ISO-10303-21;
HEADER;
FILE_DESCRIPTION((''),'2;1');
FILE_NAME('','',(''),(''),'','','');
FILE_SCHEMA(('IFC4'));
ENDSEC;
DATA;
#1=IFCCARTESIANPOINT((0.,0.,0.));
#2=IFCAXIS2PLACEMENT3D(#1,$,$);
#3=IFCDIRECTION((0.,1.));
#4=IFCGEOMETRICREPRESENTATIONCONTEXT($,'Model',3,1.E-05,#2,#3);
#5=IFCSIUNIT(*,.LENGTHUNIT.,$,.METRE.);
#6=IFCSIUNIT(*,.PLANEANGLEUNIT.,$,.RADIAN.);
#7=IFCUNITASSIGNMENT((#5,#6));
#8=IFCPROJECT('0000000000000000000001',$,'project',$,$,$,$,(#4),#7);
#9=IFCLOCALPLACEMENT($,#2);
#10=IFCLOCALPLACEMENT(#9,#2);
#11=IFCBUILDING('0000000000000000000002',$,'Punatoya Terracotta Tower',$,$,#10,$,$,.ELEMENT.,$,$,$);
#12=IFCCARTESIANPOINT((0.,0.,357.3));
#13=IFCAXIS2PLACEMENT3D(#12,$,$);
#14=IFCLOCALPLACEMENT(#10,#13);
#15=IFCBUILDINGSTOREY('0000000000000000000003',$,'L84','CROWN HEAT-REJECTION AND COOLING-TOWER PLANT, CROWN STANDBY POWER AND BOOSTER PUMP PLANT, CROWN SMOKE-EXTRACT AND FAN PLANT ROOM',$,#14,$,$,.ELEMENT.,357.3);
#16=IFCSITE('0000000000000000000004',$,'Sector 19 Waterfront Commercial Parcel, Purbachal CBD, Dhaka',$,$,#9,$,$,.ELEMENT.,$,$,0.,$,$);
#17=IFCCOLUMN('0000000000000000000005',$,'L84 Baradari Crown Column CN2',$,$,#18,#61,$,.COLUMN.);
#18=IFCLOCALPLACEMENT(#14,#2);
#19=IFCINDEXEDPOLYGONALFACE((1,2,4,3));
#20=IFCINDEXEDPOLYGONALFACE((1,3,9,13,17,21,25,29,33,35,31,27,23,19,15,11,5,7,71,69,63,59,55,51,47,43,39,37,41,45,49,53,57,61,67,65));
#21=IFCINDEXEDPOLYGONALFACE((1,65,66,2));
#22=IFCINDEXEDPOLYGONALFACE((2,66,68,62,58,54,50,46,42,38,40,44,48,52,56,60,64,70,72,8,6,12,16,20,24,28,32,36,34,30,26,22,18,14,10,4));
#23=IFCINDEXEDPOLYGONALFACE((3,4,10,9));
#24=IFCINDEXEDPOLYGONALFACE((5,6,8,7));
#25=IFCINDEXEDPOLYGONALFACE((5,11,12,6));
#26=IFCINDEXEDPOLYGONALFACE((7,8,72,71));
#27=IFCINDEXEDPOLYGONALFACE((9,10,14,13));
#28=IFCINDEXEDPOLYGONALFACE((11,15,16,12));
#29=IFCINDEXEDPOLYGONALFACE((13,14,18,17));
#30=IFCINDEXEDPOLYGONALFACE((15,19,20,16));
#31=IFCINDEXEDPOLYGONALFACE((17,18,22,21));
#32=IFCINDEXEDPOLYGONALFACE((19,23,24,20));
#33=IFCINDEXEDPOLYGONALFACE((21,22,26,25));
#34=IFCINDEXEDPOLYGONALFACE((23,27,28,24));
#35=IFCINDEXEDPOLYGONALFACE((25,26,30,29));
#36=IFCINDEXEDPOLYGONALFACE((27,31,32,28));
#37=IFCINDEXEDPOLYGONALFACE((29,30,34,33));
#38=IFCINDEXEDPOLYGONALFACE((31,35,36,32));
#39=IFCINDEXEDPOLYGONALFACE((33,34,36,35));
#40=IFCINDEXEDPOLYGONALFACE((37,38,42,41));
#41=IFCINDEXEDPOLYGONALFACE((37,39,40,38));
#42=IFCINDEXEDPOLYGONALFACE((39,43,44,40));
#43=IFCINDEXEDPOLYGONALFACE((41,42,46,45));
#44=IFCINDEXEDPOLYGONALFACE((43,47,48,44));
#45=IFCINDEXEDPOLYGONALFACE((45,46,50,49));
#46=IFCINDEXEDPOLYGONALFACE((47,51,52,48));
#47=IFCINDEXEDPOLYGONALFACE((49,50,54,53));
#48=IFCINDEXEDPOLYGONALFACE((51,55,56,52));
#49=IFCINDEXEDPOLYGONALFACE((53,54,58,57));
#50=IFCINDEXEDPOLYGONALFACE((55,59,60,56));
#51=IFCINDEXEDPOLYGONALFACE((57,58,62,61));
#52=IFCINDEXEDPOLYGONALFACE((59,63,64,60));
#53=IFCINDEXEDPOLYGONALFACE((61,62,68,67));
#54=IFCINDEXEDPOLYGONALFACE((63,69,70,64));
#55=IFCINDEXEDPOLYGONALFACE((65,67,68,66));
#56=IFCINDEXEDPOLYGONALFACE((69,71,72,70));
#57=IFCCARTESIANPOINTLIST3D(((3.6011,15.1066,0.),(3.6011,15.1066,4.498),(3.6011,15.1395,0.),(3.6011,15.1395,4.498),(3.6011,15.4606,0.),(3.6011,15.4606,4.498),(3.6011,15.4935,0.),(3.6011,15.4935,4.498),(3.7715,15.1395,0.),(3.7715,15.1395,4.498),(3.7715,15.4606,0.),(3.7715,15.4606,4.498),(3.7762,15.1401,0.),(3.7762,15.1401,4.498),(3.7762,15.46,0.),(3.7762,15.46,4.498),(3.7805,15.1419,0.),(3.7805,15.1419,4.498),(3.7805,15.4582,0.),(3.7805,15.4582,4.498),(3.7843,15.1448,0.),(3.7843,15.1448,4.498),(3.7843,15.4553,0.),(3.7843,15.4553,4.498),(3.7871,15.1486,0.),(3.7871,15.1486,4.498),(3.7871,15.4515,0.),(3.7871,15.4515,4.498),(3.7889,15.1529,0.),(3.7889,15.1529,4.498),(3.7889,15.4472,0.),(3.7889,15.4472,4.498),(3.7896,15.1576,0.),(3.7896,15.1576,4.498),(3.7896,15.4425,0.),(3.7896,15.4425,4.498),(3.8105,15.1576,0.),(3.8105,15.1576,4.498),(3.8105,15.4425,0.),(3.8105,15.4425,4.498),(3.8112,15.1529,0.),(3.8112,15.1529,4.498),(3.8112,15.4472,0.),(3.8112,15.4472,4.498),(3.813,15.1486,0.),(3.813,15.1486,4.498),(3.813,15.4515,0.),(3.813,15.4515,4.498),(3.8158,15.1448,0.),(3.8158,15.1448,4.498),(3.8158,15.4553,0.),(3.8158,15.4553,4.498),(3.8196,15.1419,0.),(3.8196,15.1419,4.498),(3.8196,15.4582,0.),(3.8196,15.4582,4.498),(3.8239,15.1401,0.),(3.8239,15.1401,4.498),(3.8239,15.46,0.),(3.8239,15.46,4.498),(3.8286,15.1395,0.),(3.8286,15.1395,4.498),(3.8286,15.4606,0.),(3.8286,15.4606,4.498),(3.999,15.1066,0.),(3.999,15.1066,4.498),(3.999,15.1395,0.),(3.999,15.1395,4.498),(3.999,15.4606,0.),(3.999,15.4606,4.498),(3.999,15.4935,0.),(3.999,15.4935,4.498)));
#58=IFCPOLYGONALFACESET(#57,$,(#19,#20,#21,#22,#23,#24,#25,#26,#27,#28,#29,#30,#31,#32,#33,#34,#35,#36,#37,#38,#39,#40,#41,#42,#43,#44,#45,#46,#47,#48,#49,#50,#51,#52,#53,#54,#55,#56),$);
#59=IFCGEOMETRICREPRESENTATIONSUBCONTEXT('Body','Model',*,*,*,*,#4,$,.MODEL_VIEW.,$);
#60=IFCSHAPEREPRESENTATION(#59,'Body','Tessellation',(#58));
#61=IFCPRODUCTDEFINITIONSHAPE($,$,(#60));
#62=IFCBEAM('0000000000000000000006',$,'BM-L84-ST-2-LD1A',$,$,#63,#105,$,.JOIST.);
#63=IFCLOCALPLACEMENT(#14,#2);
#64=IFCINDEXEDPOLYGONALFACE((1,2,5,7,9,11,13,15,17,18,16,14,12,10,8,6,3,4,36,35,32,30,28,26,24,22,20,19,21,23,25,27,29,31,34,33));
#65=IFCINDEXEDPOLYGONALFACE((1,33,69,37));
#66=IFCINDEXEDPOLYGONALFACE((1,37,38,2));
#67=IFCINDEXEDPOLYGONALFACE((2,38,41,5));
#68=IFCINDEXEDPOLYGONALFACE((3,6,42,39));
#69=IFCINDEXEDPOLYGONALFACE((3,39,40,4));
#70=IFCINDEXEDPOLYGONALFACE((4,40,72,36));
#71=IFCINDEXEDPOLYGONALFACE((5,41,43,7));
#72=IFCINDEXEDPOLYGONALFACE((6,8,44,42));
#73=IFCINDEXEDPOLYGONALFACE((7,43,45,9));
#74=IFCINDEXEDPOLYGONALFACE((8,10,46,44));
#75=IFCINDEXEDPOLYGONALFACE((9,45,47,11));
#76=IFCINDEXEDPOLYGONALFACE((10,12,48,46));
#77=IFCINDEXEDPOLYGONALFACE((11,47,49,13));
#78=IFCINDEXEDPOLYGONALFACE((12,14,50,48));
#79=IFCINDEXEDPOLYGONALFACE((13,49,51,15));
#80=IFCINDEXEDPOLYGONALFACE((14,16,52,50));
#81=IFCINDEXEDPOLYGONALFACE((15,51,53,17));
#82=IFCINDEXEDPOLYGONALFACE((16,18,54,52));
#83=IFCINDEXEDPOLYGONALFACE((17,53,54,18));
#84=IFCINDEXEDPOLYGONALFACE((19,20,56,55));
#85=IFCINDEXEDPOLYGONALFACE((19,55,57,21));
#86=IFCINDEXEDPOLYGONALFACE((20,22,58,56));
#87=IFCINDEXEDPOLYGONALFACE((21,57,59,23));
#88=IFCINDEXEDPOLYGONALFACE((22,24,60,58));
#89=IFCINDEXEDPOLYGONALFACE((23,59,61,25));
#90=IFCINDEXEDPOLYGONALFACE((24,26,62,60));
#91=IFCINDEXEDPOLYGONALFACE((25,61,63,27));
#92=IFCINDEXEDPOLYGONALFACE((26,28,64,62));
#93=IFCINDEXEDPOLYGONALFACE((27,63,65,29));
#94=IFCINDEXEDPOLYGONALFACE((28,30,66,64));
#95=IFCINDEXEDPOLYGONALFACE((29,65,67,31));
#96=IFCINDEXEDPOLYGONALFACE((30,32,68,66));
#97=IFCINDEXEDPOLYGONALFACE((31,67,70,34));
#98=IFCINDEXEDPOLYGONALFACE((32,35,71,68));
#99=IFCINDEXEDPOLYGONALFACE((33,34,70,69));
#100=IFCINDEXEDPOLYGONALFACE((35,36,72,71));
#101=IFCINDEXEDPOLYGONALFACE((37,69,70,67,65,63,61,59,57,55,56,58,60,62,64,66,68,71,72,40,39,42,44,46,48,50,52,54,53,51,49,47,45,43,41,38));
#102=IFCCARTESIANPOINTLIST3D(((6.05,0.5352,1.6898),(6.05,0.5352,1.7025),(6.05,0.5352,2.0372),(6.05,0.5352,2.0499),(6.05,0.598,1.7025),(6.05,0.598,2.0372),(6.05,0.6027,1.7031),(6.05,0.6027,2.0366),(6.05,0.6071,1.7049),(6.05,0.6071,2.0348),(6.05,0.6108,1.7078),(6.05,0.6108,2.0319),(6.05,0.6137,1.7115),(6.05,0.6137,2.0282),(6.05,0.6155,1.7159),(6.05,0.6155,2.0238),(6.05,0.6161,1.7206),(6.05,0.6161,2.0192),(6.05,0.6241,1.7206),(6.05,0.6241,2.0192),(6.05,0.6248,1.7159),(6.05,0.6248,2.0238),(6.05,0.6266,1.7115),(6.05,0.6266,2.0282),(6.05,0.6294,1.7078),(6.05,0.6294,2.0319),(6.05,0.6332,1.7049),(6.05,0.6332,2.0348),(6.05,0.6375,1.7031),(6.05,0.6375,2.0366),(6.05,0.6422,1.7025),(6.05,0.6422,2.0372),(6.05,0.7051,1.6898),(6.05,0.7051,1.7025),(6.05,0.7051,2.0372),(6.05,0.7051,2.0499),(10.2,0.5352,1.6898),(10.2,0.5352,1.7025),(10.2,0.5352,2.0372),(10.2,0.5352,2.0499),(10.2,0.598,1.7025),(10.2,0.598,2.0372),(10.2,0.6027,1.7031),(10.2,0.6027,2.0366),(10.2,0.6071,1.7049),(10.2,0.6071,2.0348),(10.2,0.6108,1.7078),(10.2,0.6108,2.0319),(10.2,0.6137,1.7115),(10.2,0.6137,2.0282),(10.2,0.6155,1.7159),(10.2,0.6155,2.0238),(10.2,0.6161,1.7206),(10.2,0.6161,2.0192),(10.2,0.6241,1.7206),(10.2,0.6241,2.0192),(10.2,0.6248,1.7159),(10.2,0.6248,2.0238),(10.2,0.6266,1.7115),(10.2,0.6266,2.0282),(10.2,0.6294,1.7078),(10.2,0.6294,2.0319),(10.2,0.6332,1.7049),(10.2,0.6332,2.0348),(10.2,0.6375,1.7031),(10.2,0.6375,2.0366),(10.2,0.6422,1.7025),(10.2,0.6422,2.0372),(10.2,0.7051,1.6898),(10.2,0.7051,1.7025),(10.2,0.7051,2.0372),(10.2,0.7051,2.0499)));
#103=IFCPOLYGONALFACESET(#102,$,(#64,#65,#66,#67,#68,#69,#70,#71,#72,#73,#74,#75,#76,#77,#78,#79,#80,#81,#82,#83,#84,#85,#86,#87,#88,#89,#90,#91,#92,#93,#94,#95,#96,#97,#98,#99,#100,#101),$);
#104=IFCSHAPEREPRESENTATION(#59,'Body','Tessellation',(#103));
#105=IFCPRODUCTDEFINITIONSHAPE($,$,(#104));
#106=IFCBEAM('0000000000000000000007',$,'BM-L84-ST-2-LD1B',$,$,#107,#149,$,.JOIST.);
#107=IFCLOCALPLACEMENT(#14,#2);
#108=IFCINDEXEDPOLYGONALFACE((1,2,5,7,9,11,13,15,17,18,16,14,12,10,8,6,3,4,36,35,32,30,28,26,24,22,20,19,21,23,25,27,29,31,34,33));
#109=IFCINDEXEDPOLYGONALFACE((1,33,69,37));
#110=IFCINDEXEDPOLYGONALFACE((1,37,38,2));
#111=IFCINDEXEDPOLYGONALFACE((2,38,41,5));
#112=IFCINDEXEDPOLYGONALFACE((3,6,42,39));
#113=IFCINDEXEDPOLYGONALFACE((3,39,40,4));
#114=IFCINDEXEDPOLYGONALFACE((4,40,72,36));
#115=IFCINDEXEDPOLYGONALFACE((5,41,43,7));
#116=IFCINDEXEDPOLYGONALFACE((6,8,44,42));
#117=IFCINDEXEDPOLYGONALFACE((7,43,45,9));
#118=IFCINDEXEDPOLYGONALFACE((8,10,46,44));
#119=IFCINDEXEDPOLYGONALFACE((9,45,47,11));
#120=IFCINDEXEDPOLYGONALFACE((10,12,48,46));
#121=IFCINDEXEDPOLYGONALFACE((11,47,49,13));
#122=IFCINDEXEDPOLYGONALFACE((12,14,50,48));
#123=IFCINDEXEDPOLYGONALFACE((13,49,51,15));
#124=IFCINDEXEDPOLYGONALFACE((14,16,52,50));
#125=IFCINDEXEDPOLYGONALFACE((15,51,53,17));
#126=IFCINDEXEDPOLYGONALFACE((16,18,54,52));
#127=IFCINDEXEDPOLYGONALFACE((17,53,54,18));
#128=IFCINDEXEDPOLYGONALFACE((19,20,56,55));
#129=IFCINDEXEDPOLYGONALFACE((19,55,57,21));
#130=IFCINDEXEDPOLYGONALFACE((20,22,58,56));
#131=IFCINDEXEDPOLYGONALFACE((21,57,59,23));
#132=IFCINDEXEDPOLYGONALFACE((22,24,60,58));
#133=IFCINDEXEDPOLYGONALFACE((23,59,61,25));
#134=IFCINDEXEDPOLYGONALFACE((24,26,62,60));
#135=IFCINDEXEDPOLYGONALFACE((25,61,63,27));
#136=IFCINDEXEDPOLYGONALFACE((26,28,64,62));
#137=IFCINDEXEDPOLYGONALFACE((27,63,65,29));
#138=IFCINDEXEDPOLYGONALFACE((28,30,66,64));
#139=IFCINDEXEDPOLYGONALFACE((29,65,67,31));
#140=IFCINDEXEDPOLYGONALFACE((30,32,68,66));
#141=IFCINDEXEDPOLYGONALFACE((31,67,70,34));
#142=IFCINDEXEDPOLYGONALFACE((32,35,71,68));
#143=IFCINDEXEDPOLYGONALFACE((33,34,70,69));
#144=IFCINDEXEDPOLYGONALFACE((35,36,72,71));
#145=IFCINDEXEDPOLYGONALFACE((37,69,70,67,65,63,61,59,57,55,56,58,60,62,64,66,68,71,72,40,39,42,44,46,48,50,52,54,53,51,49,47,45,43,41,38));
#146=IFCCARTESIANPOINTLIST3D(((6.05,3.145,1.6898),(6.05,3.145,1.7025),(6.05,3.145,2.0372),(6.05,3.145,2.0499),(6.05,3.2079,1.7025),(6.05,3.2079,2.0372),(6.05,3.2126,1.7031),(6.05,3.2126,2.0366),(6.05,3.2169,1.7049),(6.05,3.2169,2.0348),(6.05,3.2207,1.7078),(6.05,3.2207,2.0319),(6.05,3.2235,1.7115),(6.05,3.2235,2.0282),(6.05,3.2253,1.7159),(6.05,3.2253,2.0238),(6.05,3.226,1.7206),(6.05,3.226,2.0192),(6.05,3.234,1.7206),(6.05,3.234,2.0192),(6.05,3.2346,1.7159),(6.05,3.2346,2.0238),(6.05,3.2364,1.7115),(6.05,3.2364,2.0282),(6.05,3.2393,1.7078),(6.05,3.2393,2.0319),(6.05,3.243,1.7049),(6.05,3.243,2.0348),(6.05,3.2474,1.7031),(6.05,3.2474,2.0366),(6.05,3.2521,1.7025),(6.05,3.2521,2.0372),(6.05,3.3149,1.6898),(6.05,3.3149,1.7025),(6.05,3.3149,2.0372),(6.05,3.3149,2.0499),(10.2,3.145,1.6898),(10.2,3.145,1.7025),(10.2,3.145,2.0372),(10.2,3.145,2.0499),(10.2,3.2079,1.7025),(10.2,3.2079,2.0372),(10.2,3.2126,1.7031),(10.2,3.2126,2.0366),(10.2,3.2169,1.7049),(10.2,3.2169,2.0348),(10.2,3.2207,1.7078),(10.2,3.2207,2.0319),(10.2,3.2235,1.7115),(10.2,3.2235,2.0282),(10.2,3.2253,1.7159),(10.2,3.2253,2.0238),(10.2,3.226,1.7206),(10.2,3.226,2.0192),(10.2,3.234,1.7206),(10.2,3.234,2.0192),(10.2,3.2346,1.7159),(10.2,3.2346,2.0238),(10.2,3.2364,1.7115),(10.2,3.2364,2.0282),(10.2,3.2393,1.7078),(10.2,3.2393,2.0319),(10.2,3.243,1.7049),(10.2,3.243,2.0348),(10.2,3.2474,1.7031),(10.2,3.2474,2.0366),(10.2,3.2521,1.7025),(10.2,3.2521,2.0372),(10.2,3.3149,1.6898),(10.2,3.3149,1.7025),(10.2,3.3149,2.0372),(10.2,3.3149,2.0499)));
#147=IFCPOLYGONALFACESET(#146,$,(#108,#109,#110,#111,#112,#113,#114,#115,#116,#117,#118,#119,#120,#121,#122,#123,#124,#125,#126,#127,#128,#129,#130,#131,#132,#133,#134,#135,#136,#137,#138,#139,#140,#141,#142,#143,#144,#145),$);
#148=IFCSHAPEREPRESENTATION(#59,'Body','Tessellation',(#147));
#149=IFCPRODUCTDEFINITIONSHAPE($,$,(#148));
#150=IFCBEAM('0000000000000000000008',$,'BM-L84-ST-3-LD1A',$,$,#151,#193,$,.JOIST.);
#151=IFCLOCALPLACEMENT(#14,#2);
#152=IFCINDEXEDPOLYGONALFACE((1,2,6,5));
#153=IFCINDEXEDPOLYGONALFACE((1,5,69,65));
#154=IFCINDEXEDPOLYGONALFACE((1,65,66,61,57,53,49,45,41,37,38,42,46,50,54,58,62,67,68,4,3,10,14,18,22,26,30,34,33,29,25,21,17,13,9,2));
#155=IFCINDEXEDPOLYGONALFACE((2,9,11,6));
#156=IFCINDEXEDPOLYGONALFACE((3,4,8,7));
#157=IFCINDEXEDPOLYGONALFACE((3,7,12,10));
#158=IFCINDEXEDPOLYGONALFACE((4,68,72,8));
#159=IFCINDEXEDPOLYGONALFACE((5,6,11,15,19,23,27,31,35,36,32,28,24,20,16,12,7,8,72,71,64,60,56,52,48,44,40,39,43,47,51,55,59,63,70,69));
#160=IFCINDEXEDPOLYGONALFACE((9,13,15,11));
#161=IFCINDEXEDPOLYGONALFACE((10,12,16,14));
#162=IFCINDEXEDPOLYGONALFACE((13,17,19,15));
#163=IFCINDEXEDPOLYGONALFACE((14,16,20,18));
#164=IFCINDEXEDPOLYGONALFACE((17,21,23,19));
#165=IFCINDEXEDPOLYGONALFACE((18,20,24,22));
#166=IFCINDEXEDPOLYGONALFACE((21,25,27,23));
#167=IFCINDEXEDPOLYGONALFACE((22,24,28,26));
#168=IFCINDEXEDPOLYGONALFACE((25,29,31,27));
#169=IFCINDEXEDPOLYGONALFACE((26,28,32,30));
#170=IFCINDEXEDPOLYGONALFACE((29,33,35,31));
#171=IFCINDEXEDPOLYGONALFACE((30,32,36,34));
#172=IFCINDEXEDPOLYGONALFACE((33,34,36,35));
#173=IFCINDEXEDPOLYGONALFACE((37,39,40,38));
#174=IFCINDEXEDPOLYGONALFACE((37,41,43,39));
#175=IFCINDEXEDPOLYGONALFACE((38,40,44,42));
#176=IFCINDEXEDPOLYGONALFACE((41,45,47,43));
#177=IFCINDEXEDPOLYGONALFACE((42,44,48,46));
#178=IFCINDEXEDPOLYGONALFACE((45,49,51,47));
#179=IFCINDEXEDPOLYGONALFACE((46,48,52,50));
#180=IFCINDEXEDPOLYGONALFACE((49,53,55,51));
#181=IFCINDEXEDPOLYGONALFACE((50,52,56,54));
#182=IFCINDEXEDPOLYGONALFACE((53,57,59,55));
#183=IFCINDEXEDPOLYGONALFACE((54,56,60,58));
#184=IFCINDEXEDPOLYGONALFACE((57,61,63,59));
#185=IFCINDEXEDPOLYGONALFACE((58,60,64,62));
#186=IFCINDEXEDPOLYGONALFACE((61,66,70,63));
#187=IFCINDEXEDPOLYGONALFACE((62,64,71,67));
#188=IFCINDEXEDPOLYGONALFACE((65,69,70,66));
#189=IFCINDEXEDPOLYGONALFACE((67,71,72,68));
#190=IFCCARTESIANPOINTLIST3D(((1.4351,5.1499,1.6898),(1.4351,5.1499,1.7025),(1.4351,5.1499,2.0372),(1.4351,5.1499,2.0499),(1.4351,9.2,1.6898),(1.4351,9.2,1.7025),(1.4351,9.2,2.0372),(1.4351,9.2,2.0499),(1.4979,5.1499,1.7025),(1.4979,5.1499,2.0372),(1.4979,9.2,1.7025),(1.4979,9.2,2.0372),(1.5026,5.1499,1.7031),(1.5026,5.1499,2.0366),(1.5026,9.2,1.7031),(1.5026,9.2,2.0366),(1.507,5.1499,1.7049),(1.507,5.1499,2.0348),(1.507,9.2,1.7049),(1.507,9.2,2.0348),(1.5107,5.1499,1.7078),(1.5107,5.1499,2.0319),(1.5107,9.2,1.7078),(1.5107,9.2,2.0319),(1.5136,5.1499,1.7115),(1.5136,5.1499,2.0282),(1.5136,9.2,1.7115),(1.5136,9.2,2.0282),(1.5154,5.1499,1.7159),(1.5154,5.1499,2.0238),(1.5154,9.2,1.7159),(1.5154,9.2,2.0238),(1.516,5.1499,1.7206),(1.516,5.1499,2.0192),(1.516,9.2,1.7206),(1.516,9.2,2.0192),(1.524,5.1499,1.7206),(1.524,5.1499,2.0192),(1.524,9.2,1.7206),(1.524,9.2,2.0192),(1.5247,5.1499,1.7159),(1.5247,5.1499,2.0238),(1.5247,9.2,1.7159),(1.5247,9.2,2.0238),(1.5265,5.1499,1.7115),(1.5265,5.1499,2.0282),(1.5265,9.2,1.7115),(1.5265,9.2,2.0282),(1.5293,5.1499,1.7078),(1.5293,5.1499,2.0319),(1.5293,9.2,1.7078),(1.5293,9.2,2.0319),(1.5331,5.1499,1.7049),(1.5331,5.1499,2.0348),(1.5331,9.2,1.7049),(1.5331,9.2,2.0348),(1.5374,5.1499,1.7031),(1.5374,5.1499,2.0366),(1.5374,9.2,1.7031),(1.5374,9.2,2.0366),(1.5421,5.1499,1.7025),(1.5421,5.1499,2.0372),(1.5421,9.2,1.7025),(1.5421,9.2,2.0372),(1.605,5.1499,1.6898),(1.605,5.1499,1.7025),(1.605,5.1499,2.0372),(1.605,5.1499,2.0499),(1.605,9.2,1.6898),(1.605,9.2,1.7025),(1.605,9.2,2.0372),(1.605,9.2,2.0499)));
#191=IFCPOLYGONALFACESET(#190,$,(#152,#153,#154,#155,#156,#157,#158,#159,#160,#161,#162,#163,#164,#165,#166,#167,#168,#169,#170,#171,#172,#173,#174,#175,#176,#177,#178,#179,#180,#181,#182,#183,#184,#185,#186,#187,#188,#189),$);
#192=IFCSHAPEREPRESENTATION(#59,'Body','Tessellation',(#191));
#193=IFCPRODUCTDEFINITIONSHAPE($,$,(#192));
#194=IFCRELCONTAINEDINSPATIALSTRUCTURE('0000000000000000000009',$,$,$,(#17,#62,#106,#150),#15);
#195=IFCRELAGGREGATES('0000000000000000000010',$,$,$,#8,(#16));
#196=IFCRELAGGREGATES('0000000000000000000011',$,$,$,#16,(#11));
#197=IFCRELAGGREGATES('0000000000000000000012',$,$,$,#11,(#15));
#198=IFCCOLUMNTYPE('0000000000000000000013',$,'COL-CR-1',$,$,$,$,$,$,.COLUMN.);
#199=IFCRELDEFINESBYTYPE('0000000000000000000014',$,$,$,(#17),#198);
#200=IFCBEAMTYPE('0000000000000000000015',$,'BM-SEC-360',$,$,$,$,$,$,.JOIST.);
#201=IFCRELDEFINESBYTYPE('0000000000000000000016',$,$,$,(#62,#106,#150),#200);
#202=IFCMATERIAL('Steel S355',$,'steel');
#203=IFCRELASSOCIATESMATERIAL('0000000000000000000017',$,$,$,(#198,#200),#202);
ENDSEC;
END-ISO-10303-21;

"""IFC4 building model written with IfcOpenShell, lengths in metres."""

from ifc_helpers import new_model, si_unit, direction, frame, origin, origin_2d, place, context, subcontext, project, spatial, i_section, extrude, material, material_profile, profile_set, type_object, element, save


model = new_model("IFC4")

# Units and contexts
model_context = context("Model", 3, precision=1e-05, world=origin(), true_north=direction((0.0, 1.0)))
body_context = subcontext(model_context, "Body", "Model", "MODEL_VIEW")
ifc_project = project(units=[si_unit("LENGTHUNIT", "METRE"), si_unit("PLANEANGLEUNIT", "RADIAN")], contexts=[model_context])

# Site, building, storey
site_placement = place(None, origin())
site = spatial("IfcSite", under=ifc_project, at=site_placement, Name="Sector 19 Waterfront Commercial Parcel, Purbachal CBD, Dhaka", CompositionType="ELEMENT", RefElevation=0.0)
building_placement = place(site_placement, origin())
building = spatial("IfcBuilding", under=site, at=building_placement, Name="Punatoya Terracotta Tower", CompositionType="ELEMENT")
storey_placement = place(building_placement, frame((0.0, 0.0, 357.3)))
storey = spatial("IfcBuildingStorey", under=building, at=storey_placement, Name="L84", Description="CROWN HEAT-REJECTION AND COOLING-TOWER PLANT, CROWN STANDBY POWER AND BOOSTER PUMP PLANT, CROWN SMOKE-EXTRACT AND FAN PLANT ROOM", CompositionType="ELEMENT", Elevation=357.3)

# Column
ifc_material_1 = material(Name="Steel S355", Category="steel")
ifc_material_profile_1 = material_profile(ifc_material_1, i_section(OverallWidth=0.3979, OverallDepth=0.387, WebThickness=0.021, FlangeThickness=0.033, FilletRadius=0.0181, at=origin_2d()))
ifc_profile_set_1 = profile_set([ifc_material_profile_1], Name="Steel S355")
column_type = type_object("IfcColumnType", Name="COL-CR-1", PredefinedType="COLUMN", material=ifc_profile_set_1)
column_placement = place(storey_placement, frame((3.8, 15.3, 0.0), z_axis=(0.0, 0.0, 1.0), x_axis=(1.0, 0.0, 0.0)))
element("IfcColumn", 1, at=column_placement, inside=storey, type_object=column_type, Name="L84 Baradari Crown Column CN2", PredefinedType="COLUMN", context=body_context, shape_type="SweptSolid", body=[
    extrude(i_section(OverallWidth=0.3979, OverallDepth=0.387, WebThickness=0.021, FlangeThickness=0.033, FilletRadius=0.0181, at=origin_2d()), origin(), (0.0, 0.0, 1.0), 4.498),
])

# Beams
ifc_material_profile_2 = material_profile(ifc_material_1, i_section(OverallWidth=0.1699, OverallDepth=0.3601, WebThickness=0.0081, FlangeThickness=0.0127, FilletRadius=0.0181, at=origin_2d()))
ifc_profile_set_2 = profile_set([ifc_material_profile_2], Name="Steel S355")
beam_type_1 = type_object("IfcBeamType", Name="BM-SEC-360", PredefinedType="JOIST", material=ifc_profile_set_2)
for number, where, z_axis, x_axis, name in (
    (2, (6.05, 0.6201, 1.8699), (1.0, 0.0, 0.0), (0.0, 1.0, 0.0), "BM-L84-ST-2-LD1A"),
    (3, (6.05, 3.23, 1.8699), (1.0, 0.0, 0.0), (0.0, 1.0, 0.0), "BM-L84-ST-2-LD1B"),
):
    element("IfcBeam", number, at=place(storey_placement, frame(where, z_axis=z_axis, x_axis=x_axis)), inside=storey, type_object=beam_type_1, Name=name, PredefinedType="JOIST", context=body_context, shape_type="SweptSolid", body=[
        extrude(i_section(OverallWidth=0.1699, OverallDepth=0.3601, WebThickness=0.0081, FlangeThickness=0.0127, FilletRadius=0.0181, at=origin_2d()), origin(), (0.0, 0.0, 1.0), 4.1499),
    ])
for number, where, z_axis, x_axis, name in (
    (4, (1.52, 5.1499, 1.8699), (0.0, 1.0, 0.0), (-1.0, 0.0, 0.0), "BM-L84-ST-3-LD1A"),
):
    element("IfcBeam", number, at=place(storey_placement, frame(where, z_axis=z_axis, x_axis=x_axis)), inside=storey, type_object=beam_type_1, Name=name, PredefinedType="JOIST", context=body_context, shape_type="SweptSolid", body=[
        extrude(i_section(OverallWidth=0.1699, OverallDepth=0.3601, WebThickness=0.0081, FlangeThickness=0.0127, FilletRadius=0.0181, at=origin_2d()), origin(), (0.0, 0.0, 1.0), 4.05),
    ])

save(model, "model.ifc")
